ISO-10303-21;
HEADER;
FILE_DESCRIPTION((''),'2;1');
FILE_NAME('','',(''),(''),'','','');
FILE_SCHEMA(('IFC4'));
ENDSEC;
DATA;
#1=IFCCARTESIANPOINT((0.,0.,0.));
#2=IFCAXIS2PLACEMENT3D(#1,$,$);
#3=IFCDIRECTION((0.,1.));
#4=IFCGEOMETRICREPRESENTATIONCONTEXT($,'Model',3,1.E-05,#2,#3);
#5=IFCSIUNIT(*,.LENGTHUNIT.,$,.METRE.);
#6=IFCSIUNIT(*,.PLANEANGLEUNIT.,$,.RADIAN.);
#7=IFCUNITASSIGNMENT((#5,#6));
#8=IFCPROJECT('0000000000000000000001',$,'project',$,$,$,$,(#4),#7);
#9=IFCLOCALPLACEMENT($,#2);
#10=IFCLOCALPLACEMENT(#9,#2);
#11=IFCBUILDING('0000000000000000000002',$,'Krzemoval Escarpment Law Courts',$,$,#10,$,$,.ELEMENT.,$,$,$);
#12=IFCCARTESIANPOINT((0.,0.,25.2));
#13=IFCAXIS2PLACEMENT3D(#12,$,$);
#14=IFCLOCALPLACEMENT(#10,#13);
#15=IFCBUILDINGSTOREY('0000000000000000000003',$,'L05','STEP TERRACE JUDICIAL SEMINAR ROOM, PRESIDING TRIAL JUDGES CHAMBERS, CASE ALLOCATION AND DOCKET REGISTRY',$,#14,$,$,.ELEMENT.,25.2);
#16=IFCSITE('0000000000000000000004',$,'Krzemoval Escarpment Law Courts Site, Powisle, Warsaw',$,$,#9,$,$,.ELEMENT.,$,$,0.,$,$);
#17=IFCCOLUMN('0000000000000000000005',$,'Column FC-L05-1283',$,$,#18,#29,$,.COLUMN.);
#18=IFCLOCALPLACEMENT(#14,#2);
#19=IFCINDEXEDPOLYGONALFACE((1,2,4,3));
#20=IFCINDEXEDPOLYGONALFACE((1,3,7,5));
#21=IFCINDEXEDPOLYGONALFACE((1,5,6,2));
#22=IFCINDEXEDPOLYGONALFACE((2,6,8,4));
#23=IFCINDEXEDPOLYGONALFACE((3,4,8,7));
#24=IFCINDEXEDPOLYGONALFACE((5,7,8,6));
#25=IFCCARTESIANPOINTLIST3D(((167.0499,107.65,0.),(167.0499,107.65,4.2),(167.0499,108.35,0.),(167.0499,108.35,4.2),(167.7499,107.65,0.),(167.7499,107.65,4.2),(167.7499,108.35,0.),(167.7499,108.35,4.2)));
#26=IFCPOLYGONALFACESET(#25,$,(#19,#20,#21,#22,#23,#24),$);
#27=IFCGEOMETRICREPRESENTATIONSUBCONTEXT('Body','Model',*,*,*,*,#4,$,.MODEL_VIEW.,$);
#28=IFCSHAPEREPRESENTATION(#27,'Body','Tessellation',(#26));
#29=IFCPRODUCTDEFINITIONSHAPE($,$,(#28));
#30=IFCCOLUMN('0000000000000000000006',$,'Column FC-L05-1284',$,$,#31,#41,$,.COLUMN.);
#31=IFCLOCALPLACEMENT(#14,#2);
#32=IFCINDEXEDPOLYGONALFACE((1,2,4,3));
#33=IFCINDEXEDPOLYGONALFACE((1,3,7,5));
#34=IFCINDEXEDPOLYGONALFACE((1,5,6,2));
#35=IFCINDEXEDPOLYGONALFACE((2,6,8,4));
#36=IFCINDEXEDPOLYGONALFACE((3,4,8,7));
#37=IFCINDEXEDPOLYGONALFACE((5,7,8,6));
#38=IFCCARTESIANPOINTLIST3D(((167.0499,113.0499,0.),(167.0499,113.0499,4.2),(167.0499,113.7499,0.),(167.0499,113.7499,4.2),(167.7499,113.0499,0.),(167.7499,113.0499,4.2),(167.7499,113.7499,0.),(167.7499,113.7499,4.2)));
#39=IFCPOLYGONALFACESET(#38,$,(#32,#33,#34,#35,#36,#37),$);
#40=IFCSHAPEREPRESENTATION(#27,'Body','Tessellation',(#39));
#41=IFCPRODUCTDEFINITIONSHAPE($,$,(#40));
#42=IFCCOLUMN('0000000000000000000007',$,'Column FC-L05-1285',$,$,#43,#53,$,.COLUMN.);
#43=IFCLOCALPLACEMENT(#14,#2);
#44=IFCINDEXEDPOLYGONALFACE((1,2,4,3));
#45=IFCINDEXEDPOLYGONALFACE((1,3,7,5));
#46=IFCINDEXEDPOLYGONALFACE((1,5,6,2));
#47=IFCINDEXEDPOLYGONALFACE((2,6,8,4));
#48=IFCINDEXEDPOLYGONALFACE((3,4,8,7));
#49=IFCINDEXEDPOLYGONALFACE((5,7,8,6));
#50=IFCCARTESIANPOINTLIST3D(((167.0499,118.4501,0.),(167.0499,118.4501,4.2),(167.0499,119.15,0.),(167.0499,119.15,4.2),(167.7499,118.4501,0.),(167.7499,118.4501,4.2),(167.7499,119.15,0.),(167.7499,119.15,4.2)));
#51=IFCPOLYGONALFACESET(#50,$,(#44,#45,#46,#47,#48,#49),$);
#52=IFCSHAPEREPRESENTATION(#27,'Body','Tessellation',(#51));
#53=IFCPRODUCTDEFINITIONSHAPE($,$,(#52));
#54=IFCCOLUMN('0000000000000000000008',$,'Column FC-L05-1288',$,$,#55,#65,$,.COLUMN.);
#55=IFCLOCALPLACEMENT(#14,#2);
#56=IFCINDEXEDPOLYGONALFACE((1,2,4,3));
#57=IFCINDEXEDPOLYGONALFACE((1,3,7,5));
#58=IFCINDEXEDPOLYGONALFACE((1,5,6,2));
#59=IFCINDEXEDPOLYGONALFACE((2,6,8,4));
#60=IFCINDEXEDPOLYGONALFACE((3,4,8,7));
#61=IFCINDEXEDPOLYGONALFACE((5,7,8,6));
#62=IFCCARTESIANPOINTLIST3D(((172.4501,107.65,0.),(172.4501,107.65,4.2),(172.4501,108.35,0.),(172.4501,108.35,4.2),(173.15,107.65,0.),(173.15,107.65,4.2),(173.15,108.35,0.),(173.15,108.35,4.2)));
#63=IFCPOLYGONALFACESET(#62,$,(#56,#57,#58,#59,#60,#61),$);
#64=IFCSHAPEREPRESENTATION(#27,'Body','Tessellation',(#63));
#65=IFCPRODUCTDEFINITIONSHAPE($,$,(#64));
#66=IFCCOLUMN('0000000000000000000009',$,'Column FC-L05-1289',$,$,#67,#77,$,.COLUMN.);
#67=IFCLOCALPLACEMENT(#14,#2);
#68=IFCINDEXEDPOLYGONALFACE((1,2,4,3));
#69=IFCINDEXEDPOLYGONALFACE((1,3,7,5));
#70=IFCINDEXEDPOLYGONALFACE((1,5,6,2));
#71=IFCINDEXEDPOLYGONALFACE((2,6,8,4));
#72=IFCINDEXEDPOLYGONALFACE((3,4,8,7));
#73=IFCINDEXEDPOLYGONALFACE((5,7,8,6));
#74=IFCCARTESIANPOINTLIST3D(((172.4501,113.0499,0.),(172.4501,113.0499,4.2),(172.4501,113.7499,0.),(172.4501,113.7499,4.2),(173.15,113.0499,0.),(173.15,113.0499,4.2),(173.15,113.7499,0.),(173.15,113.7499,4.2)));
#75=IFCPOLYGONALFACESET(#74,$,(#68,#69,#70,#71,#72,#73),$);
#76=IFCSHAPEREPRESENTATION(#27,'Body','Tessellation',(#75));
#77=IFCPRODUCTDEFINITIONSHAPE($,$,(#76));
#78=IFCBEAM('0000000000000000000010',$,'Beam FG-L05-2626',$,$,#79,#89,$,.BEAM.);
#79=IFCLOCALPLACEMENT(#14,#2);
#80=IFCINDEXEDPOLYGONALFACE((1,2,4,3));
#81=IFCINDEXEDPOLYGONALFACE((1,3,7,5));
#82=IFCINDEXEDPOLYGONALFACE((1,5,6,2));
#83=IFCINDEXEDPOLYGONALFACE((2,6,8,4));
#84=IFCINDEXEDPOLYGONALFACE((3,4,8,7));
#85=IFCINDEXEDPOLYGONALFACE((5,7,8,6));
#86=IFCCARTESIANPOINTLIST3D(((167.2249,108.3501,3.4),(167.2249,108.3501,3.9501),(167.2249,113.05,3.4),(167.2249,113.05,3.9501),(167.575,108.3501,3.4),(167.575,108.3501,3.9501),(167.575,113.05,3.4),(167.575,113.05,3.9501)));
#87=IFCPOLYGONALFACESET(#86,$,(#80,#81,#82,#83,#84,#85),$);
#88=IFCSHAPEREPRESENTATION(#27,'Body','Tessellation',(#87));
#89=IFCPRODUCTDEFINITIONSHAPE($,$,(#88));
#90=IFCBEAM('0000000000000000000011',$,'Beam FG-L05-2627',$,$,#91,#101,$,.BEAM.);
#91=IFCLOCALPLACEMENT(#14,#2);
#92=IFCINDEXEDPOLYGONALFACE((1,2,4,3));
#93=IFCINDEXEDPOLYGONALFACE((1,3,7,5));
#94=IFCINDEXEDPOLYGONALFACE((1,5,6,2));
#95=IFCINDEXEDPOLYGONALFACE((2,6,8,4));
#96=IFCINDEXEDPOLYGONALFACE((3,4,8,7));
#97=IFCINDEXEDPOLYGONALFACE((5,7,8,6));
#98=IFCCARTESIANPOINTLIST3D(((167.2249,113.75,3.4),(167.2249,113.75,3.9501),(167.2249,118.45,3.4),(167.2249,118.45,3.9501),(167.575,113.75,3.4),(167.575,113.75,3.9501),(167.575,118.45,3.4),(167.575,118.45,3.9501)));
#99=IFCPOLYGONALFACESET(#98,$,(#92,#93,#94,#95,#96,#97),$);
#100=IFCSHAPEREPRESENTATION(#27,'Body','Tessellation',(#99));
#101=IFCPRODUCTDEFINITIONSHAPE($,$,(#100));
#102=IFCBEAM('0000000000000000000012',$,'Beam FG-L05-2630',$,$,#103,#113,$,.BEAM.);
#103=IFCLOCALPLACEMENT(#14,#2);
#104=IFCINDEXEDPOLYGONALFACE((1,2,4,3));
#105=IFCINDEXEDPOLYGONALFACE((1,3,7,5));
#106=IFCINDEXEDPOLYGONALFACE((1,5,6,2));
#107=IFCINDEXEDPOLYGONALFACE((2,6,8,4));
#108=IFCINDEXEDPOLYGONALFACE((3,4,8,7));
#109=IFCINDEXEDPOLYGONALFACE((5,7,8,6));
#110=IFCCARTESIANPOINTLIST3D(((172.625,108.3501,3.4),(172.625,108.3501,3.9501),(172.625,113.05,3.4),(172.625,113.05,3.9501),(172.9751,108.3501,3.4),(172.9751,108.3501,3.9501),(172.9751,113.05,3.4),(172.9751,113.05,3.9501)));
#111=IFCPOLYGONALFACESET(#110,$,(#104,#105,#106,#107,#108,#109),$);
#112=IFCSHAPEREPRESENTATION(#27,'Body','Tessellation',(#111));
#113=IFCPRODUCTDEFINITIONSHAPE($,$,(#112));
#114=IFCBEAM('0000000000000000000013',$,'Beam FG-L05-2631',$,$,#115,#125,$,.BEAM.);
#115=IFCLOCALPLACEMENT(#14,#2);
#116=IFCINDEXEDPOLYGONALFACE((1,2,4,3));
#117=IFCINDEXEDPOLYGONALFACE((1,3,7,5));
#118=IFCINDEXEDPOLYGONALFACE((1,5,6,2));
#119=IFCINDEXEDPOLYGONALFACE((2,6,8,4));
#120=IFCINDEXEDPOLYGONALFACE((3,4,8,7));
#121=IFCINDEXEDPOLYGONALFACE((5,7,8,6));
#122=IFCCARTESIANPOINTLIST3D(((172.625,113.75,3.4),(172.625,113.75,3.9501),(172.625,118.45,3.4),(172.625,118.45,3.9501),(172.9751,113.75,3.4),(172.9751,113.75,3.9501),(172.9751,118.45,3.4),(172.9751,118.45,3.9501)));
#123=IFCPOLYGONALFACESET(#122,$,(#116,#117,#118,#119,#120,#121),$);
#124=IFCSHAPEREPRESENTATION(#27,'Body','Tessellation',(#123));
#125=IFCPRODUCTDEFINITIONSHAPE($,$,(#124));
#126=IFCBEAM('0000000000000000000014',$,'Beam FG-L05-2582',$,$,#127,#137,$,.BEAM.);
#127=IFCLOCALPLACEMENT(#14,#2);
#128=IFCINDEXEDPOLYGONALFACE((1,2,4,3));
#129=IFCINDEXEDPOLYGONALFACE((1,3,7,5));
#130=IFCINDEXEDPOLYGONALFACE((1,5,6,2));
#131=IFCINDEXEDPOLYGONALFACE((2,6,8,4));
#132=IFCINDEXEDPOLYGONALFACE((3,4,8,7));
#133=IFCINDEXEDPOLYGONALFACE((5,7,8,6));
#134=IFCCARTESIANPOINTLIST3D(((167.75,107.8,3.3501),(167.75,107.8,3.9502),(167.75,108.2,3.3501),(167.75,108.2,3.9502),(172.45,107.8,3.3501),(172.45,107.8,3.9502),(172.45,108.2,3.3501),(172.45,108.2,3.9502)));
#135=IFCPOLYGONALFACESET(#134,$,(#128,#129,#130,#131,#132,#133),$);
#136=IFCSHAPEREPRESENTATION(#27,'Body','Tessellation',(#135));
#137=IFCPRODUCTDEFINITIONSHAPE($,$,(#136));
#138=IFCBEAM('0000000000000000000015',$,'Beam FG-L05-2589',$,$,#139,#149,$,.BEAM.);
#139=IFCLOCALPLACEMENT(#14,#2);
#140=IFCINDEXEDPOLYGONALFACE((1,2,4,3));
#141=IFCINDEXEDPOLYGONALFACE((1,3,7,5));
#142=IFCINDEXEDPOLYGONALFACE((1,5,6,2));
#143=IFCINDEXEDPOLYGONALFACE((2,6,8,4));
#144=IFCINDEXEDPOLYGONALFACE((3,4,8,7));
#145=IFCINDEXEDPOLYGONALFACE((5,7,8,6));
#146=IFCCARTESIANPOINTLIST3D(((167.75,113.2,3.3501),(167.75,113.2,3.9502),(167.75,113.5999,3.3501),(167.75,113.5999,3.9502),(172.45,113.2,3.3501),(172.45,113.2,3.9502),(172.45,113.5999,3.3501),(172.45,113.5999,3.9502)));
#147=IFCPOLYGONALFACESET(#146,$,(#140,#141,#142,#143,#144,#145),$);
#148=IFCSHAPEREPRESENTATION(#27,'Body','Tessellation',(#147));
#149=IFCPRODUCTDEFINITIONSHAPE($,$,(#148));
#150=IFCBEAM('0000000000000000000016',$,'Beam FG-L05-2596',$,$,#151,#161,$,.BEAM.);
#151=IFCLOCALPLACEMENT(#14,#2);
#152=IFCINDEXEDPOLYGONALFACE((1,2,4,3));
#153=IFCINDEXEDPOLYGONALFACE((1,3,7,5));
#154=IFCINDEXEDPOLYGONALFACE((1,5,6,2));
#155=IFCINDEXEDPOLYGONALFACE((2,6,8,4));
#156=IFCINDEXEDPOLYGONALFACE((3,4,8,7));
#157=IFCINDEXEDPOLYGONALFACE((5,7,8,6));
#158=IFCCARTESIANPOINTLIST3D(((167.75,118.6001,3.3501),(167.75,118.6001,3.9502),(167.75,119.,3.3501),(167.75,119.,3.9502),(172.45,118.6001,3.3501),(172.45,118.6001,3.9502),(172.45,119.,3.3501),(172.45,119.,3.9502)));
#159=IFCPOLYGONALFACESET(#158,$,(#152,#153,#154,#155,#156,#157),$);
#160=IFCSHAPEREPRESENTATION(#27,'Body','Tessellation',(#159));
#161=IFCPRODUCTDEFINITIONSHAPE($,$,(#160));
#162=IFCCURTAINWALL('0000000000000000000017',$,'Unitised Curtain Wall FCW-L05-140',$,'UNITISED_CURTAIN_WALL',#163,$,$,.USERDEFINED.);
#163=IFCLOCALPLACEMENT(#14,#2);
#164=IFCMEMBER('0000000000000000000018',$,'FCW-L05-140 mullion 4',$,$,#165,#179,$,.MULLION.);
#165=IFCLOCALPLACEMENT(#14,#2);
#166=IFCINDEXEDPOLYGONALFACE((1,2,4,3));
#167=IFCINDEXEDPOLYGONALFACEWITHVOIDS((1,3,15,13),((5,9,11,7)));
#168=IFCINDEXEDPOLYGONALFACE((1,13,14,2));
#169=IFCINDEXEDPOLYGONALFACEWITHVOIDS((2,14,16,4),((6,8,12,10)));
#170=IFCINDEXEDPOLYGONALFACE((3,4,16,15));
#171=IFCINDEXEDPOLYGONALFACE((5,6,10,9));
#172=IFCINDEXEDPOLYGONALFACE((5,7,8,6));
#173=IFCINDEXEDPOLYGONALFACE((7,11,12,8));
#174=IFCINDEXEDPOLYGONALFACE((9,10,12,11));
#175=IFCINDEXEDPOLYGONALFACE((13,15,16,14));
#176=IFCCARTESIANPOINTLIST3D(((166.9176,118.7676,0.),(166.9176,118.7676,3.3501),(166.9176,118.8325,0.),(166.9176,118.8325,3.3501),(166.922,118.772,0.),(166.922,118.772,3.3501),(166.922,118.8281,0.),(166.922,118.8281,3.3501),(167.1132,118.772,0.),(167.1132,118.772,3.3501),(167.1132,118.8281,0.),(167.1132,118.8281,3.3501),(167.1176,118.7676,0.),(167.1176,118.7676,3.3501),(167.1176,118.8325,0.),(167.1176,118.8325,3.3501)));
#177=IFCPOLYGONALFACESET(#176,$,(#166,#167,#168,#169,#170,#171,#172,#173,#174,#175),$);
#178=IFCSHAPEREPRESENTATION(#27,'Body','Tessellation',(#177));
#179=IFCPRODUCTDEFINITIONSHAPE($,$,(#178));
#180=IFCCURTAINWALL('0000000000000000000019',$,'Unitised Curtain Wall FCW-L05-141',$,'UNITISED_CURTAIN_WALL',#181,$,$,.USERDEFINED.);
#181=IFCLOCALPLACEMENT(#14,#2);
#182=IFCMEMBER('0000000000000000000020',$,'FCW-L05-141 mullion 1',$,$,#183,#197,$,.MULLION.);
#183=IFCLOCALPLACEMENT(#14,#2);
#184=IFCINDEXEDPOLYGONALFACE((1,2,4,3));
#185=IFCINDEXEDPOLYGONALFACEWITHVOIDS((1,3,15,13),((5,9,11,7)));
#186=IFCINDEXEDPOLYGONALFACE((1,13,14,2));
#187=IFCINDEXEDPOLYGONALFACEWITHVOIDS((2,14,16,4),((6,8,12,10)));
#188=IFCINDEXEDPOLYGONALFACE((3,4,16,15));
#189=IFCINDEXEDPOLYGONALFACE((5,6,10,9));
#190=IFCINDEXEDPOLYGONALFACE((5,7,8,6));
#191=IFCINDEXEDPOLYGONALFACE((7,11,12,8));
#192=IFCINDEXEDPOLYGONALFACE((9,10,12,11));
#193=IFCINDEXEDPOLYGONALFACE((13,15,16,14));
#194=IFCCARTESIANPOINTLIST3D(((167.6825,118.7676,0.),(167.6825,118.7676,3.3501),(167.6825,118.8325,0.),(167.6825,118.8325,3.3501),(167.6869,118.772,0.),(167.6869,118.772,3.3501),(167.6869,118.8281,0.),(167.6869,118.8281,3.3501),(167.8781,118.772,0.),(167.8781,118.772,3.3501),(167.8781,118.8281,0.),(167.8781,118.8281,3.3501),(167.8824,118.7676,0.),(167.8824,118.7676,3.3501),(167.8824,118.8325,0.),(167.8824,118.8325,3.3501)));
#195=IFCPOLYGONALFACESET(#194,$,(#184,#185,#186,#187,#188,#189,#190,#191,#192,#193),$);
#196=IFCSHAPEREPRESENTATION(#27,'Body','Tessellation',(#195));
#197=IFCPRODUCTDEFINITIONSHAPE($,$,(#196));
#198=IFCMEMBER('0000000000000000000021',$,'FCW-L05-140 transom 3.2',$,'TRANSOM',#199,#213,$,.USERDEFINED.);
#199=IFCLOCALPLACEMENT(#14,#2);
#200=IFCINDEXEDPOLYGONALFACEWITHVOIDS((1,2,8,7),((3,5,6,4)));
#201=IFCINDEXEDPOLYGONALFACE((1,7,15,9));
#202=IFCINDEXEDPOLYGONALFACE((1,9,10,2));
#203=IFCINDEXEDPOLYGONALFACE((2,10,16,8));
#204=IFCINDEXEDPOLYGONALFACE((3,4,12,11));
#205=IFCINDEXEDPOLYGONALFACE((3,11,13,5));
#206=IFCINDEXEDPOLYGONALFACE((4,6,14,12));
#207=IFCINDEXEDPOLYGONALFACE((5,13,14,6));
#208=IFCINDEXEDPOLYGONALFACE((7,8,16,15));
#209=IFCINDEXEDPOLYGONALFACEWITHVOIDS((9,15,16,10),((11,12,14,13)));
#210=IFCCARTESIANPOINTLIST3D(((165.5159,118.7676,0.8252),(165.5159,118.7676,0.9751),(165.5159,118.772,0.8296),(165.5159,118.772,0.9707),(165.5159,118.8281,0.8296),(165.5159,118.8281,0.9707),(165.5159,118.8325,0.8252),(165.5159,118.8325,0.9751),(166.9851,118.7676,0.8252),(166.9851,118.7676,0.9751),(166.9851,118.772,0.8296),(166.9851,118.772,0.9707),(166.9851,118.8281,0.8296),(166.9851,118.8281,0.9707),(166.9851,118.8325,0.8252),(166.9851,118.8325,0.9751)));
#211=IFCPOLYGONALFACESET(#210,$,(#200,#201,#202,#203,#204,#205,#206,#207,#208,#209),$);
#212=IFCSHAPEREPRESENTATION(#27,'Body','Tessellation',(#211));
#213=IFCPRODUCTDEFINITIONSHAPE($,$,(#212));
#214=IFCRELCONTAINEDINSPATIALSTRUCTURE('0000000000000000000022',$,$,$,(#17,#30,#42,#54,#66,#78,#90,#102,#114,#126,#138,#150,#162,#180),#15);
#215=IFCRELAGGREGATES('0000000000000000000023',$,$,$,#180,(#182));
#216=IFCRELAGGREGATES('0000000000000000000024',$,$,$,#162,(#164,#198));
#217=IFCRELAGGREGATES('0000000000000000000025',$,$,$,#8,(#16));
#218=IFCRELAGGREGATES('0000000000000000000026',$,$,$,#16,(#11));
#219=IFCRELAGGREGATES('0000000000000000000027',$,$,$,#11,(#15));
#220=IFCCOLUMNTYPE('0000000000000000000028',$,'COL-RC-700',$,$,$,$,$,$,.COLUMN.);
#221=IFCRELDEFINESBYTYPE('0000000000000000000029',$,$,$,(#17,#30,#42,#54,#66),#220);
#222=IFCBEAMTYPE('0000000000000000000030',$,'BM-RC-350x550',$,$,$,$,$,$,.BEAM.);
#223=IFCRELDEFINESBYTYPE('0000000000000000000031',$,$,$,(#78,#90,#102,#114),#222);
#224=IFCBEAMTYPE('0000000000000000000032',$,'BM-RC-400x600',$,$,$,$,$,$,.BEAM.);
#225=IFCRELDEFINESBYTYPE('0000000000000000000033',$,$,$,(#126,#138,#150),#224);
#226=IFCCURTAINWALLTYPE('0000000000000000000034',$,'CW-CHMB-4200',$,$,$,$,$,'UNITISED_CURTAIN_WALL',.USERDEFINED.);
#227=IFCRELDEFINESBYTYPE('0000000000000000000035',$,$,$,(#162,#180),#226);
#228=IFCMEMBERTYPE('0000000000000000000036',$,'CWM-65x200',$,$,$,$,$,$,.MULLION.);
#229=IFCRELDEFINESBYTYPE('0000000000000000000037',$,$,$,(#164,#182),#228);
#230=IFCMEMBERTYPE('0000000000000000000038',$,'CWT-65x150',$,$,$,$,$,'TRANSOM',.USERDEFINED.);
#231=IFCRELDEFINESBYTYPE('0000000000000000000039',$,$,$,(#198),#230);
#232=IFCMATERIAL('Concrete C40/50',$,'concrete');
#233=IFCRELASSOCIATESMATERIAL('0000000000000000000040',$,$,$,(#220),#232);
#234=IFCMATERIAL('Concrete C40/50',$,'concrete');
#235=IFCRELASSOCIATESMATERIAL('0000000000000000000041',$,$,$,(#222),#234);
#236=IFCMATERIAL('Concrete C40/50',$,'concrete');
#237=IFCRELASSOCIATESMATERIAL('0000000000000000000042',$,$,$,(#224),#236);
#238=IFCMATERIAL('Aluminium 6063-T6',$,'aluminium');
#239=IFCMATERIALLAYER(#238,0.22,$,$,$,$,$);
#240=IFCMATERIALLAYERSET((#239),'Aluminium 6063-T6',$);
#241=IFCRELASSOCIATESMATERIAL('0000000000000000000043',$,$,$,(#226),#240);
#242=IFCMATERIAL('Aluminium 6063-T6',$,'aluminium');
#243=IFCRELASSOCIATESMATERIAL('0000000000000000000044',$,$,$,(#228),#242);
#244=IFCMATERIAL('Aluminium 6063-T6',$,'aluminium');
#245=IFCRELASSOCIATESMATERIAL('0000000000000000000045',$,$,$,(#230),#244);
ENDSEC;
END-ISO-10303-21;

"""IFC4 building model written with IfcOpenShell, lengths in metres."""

from ifc_helpers import new_model, si_unit, direction, frame, origin, origin_2d, place, context, subcontext, project, spatial, rectangle, hollow_rectangle, extrude, material, layer, layer_set, material_profile, profile_set, type_object, element, aggregate, save


model = new_model("IFC4")

# Units and contexts
model_context = context("Model", 3, precision=1e-05, world=origin(), true_north=direction((0.0, 1.0)))
body_context = subcontext(model_context, "Body", "Model", "MODEL_VIEW")
ifc_project = project(units=[si_unit("LENGTHUNIT", "METRE"), si_unit("PLANEANGLEUNIT", "RADIAN")], contexts=[model_context])

# Site, building, storey
site_placement = place(None, origin())
site = spatial("IfcSite", under=ifc_project, at=site_placement, Name="Krzemoval Escarpment Law Courts Site, Powisle, Warsaw", CompositionType="ELEMENT", RefElevation=0.0)
building_placement = place(site_placement, origin())
building = spatial("IfcBuilding", under=site, at=building_placement, Name="Krzemoval Escarpment Law Courts", CompositionType="ELEMENT")
storey_placement = place(building_placement, frame((0.0, 0.0, 25.2)))
storey = spatial("IfcBuildingStorey", under=building, at=storey_placement, Name="L05", Description="STEP TERRACE JUDICIAL SEMINAR ROOM, PRESIDING TRIAL JUDGES CHAMBERS, CASE ALLOCATION AND DOCKET REGISTRY", CompositionType="ELEMENT", Elevation=25.2)

# Columns
ifc_material_1 = material(Name="Concrete C40/50", Category="concrete")
ifc_material_profile_1 = material_profile(ifc_material_1, rectangle(XDim=0.7, YDim=0.7, at=origin_2d()), Name="RC 700x700")
ifc_profile_set_1 = profile_set([ifc_material_profile_1], Name="Concrete C40/50")
column_type = type_object("IfcColumnType", Name="COL-RC-700", PredefinedType="COLUMN", material=ifc_profile_set_1)
for number, where, z_axis, x_axis, name in (
    (1, (167.3999, 108.0, 0.0), (0.0, 0.0, 1.0), (1.0, 0.0, 0.0), "Column FC-L05-1283"),
    (2, (167.3999, 113.3999, 0.0), (0.0, 0.0, 1.0), (1.0, 0.0, 0.0), "Column FC-L05-1284"),
    (3, (167.3999, 118.8, 0.0), (0.0, 0.0, 1.0), (1.0, 0.0, 0.0), "Column FC-L05-1285"),
    (4, (172.8, 108.0, 0.0), (0.0, 0.0, 1.0), (1.0, 0.0, 0.0), "Column FC-L05-1288"),
    (5, (172.8, 113.3999, 0.0), (0.0, 0.0, 1.0), (1.0, 0.0, 0.0), "Column FC-L05-1289"),
):
    element("IfcColumn", number, at=place(storey_placement, frame(where, z_axis=z_axis, x_axis=x_axis)), inside=storey, type_object=column_type, Name=name, PredefinedType="COLUMN", context=body_context, shape_type="SweptSolid", body=[
        extrude(rectangle(XDim=0.7, YDim=0.7, at=origin_2d()), origin(), (0.0, 0.0, 1.0), 4.2),
    ])

# Beams
ifc_material_2 = material(Name="Concrete C40/50", Category="concrete")
ifc_material_profile_2 = material_profile(ifc_material_2, rectangle(XDim=0.3501, YDim=0.55, at=origin_2d()), Name="RCB 350x550")
ifc_profile_set_2 = profile_set([ifc_material_profile_2], Name="Concrete C40/50")
beam_type_1 = type_object("IfcBeamType", Name="BM-RC-350x550", PredefinedType="BEAM", material=ifc_profile_set_2)
for number, where, z_axis, x_axis, name in (
    (6, (167.3999, 108.3501, 3.675), (0.0, 1.0, 0.0), (-1.0, 0.0, 0.0), "Beam FG-L05-2626"),
    (7, (167.3999, 113.75, 3.675), (0.0, 1.0, 0.0), (-1.0, 0.0, 0.0), "Beam FG-L05-2627"),
    (8, (172.8, 108.3501, 3.675), (0.0, 1.0, 0.0), (-1.0, 0.0, 0.0), "Beam FG-L05-2630"),
    (9, (172.8, 113.75, 3.675), (0.0, 1.0, 0.0), (-1.0, 0.0, 0.0), "Beam FG-L05-2631"),
):
    element("IfcBeam", number, at=place(storey_placement, frame(where, z_axis=z_axis, x_axis=x_axis)), inside=storey, type_object=beam_type_1, Name=name, PredefinedType="BEAM", context=body_context, shape_type="SweptSolid", body=[
        extrude(rectangle(XDim=0.3501, YDim=0.55, at=origin_2d()), origin(), (0.0, 0.0, 1.0), 4.7),
    ])
ifc_material_3 = material(Name="Concrete C40/50", Category="concrete")
ifc_material_profile_3 = material_profile(ifc_material_3, rectangle(XDim=0.3999, YDim=0.6001, at=origin_2d()), Name="RCB 400x600")
ifc_profile_set_3 = profile_set([ifc_material_profile_3], Name="Concrete C40/50")
beam_type_2 = type_object("IfcBeamType", Name="BM-RC-400x600", PredefinedType="BEAM", material=ifc_profile_set_3)
for number, where, z_axis, x_axis, name in (
    (10, (167.75, 108.0, 3.6501), (1.0, 0.0, 0.0), (0.0, 1.0, 0.0), "Beam FG-L05-2582"),
    (11, (167.75, 113.3999, 3.6501), (1.0, 0.0, 0.0), (0.0, 1.0, 0.0), "Beam FG-L05-2589"),
    (12, (167.75, 118.8, 3.6501), (1.0, 0.0, 0.0), (0.0, 1.0, 0.0), "Beam FG-L05-2596"),
):
    element("IfcBeam", number, at=place(storey_placement, frame(where, z_axis=z_axis, x_axis=x_axis)), inside=storey, type_object=beam_type_2, Name=name, PredefinedType="BEAM", context=body_context, shape_type="SweptSolid", body=[
        extrude(rectangle(XDim=0.3999, YDim=0.6001, at=origin_2d()), origin(), (0.0, 0.0, 1.0), 4.7),
    ])

# Curtain walls, members
ifc_material_4 = material(Name="Aluminium 6063-T6", Category="aluminium")
ifc_layer_1 = layer(ifc_material_4, 0.22)
ifc_layer_set_1 = layer_set([ifc_layer_1], Name="Aluminium 6063-T6")
curtain_wall_type = type_object("IfcCurtainWallType", Name="CW-CHMB-4200", ElementType="UNITISED_CURTAIN_WALL", PredefinedType="USERDEFINED", material=ifc_layer_set_1)
curtain_wall_1_placement = place(storey_placement, origin())
curtain_wall_1 = element("IfcCurtainWall", 13, at=curtain_wall_1_placement, inside=storey, type_object=curtain_wall_type, Name="Unitised Curtain Wall FCW-L05-140", ObjectType="UNITISED_CURTAIN_WALL", PredefinedType="USERDEFINED")
ifc_material_5 = material(Name="Aluminium 6063-T6", Category="aluminium")
ifc_material_profile_4 = material_profile(ifc_material_5, hollow_rectangle(XDim=0.0649, YDim=0.2, WallThickness=0.0044, at=origin_2d()), Name="ALU M65x200")
ifc_profile_set_4 = profile_set([ifc_material_profile_4], Name="Aluminium 6063-T6")
member_type_1 = type_object("IfcMemberType", Name="CWM-65x200", PredefinedType="MULLION", material=ifc_profile_set_4)
member_1_placement = place(storey_placement, frame((167.0176, 118.8, 0.0), z_axis=(0.0, 0.0, 1.0), x_axis=(0.0, 1.0, 0.0)))
member_1 = element("IfcMember", 14, at=member_1_placement, type_object=member_type_1, Name="FCW-L05-140 mullion 4", PredefinedType="MULLION", context=body_context, shape_type="SweptSolid", body=[
    extrude(hollow_rectangle(XDim=0.0649, YDim=0.2, WallThickness=0.0044, at=origin_2d()), origin(), (0.0, 0.0, 1.0), 3.3501),
])
curtain_wall_2_placement = place(storey_placement, origin())
curtain_wall_2 = element("IfcCurtainWall", 15, at=curtain_wall_2_placement, inside=storey, type_object=curtain_wall_type, Name="Unitised Curtain Wall FCW-L05-141", ObjectType="UNITISED_CURTAIN_WALL", PredefinedType="USERDEFINED")
member_2_placement = place(storey_placement, frame((167.7825, 118.8, 0.0), z_axis=(0.0, 0.0, 1.0), x_axis=(0.0, 1.0, 0.0)))
member_2 = element("IfcMember", 16, at=member_2_placement, type_object=member_type_1, Name="FCW-L05-141 mullion 1", PredefinedType="MULLION", context=body_context, shape_type="SweptSolid", body=[
    extrude(hollow_rectangle(XDim=0.0649, YDim=0.2, WallThickness=0.0044, at=origin_2d()), origin(), (0.0, 0.0, 1.0), 3.3501),
])
aggregate(curtain_wall_2, [member_2])

# Member
ifc_material_6 = material(Name="Aluminium 6063-T6", Category="aluminium")
ifc_material_profile_5 = material_profile(ifc_material_6, hollow_rectangle(XDim=0.0649, YDim=0.1499, WallThickness=0.0044, at=origin_2d()), Name="ALU T65x150")
ifc_profile_set_5 = profile_set([ifc_material_profile_5], Name="Aluminium 6063-T6")
member_type_2 = type_object("IfcMemberType", Name="CWT-65x150", ElementType="TRANSOM", PredefinedType="USERDEFINED", material=ifc_profile_set_5)
member_3_placement = place(storey_placement, frame((165.5159, 118.8, 0.9001), z_axis=(1.0, 0.0, 0.0), x_axis=(0.0, 1.0, 0.0)))
member_3 = element("IfcMember", 17, at=member_3_placement, type_object=member_type_2, Name="FCW-L05-140 transom 3.2", ObjectType="TRANSOM", PredefinedType="USERDEFINED", context=body_context, shape_type="SweptSolid", body=[
    extrude(hollow_rectangle(XDim=0.0649, YDim=0.1499, WallThickness=0.0044, at=origin_2d()), origin(), (0.0, 0.0, 1.0), 1.4692),
])

aggregate(curtain_wall_1, [member_1, member_3])

save(model, "model.ifc")
